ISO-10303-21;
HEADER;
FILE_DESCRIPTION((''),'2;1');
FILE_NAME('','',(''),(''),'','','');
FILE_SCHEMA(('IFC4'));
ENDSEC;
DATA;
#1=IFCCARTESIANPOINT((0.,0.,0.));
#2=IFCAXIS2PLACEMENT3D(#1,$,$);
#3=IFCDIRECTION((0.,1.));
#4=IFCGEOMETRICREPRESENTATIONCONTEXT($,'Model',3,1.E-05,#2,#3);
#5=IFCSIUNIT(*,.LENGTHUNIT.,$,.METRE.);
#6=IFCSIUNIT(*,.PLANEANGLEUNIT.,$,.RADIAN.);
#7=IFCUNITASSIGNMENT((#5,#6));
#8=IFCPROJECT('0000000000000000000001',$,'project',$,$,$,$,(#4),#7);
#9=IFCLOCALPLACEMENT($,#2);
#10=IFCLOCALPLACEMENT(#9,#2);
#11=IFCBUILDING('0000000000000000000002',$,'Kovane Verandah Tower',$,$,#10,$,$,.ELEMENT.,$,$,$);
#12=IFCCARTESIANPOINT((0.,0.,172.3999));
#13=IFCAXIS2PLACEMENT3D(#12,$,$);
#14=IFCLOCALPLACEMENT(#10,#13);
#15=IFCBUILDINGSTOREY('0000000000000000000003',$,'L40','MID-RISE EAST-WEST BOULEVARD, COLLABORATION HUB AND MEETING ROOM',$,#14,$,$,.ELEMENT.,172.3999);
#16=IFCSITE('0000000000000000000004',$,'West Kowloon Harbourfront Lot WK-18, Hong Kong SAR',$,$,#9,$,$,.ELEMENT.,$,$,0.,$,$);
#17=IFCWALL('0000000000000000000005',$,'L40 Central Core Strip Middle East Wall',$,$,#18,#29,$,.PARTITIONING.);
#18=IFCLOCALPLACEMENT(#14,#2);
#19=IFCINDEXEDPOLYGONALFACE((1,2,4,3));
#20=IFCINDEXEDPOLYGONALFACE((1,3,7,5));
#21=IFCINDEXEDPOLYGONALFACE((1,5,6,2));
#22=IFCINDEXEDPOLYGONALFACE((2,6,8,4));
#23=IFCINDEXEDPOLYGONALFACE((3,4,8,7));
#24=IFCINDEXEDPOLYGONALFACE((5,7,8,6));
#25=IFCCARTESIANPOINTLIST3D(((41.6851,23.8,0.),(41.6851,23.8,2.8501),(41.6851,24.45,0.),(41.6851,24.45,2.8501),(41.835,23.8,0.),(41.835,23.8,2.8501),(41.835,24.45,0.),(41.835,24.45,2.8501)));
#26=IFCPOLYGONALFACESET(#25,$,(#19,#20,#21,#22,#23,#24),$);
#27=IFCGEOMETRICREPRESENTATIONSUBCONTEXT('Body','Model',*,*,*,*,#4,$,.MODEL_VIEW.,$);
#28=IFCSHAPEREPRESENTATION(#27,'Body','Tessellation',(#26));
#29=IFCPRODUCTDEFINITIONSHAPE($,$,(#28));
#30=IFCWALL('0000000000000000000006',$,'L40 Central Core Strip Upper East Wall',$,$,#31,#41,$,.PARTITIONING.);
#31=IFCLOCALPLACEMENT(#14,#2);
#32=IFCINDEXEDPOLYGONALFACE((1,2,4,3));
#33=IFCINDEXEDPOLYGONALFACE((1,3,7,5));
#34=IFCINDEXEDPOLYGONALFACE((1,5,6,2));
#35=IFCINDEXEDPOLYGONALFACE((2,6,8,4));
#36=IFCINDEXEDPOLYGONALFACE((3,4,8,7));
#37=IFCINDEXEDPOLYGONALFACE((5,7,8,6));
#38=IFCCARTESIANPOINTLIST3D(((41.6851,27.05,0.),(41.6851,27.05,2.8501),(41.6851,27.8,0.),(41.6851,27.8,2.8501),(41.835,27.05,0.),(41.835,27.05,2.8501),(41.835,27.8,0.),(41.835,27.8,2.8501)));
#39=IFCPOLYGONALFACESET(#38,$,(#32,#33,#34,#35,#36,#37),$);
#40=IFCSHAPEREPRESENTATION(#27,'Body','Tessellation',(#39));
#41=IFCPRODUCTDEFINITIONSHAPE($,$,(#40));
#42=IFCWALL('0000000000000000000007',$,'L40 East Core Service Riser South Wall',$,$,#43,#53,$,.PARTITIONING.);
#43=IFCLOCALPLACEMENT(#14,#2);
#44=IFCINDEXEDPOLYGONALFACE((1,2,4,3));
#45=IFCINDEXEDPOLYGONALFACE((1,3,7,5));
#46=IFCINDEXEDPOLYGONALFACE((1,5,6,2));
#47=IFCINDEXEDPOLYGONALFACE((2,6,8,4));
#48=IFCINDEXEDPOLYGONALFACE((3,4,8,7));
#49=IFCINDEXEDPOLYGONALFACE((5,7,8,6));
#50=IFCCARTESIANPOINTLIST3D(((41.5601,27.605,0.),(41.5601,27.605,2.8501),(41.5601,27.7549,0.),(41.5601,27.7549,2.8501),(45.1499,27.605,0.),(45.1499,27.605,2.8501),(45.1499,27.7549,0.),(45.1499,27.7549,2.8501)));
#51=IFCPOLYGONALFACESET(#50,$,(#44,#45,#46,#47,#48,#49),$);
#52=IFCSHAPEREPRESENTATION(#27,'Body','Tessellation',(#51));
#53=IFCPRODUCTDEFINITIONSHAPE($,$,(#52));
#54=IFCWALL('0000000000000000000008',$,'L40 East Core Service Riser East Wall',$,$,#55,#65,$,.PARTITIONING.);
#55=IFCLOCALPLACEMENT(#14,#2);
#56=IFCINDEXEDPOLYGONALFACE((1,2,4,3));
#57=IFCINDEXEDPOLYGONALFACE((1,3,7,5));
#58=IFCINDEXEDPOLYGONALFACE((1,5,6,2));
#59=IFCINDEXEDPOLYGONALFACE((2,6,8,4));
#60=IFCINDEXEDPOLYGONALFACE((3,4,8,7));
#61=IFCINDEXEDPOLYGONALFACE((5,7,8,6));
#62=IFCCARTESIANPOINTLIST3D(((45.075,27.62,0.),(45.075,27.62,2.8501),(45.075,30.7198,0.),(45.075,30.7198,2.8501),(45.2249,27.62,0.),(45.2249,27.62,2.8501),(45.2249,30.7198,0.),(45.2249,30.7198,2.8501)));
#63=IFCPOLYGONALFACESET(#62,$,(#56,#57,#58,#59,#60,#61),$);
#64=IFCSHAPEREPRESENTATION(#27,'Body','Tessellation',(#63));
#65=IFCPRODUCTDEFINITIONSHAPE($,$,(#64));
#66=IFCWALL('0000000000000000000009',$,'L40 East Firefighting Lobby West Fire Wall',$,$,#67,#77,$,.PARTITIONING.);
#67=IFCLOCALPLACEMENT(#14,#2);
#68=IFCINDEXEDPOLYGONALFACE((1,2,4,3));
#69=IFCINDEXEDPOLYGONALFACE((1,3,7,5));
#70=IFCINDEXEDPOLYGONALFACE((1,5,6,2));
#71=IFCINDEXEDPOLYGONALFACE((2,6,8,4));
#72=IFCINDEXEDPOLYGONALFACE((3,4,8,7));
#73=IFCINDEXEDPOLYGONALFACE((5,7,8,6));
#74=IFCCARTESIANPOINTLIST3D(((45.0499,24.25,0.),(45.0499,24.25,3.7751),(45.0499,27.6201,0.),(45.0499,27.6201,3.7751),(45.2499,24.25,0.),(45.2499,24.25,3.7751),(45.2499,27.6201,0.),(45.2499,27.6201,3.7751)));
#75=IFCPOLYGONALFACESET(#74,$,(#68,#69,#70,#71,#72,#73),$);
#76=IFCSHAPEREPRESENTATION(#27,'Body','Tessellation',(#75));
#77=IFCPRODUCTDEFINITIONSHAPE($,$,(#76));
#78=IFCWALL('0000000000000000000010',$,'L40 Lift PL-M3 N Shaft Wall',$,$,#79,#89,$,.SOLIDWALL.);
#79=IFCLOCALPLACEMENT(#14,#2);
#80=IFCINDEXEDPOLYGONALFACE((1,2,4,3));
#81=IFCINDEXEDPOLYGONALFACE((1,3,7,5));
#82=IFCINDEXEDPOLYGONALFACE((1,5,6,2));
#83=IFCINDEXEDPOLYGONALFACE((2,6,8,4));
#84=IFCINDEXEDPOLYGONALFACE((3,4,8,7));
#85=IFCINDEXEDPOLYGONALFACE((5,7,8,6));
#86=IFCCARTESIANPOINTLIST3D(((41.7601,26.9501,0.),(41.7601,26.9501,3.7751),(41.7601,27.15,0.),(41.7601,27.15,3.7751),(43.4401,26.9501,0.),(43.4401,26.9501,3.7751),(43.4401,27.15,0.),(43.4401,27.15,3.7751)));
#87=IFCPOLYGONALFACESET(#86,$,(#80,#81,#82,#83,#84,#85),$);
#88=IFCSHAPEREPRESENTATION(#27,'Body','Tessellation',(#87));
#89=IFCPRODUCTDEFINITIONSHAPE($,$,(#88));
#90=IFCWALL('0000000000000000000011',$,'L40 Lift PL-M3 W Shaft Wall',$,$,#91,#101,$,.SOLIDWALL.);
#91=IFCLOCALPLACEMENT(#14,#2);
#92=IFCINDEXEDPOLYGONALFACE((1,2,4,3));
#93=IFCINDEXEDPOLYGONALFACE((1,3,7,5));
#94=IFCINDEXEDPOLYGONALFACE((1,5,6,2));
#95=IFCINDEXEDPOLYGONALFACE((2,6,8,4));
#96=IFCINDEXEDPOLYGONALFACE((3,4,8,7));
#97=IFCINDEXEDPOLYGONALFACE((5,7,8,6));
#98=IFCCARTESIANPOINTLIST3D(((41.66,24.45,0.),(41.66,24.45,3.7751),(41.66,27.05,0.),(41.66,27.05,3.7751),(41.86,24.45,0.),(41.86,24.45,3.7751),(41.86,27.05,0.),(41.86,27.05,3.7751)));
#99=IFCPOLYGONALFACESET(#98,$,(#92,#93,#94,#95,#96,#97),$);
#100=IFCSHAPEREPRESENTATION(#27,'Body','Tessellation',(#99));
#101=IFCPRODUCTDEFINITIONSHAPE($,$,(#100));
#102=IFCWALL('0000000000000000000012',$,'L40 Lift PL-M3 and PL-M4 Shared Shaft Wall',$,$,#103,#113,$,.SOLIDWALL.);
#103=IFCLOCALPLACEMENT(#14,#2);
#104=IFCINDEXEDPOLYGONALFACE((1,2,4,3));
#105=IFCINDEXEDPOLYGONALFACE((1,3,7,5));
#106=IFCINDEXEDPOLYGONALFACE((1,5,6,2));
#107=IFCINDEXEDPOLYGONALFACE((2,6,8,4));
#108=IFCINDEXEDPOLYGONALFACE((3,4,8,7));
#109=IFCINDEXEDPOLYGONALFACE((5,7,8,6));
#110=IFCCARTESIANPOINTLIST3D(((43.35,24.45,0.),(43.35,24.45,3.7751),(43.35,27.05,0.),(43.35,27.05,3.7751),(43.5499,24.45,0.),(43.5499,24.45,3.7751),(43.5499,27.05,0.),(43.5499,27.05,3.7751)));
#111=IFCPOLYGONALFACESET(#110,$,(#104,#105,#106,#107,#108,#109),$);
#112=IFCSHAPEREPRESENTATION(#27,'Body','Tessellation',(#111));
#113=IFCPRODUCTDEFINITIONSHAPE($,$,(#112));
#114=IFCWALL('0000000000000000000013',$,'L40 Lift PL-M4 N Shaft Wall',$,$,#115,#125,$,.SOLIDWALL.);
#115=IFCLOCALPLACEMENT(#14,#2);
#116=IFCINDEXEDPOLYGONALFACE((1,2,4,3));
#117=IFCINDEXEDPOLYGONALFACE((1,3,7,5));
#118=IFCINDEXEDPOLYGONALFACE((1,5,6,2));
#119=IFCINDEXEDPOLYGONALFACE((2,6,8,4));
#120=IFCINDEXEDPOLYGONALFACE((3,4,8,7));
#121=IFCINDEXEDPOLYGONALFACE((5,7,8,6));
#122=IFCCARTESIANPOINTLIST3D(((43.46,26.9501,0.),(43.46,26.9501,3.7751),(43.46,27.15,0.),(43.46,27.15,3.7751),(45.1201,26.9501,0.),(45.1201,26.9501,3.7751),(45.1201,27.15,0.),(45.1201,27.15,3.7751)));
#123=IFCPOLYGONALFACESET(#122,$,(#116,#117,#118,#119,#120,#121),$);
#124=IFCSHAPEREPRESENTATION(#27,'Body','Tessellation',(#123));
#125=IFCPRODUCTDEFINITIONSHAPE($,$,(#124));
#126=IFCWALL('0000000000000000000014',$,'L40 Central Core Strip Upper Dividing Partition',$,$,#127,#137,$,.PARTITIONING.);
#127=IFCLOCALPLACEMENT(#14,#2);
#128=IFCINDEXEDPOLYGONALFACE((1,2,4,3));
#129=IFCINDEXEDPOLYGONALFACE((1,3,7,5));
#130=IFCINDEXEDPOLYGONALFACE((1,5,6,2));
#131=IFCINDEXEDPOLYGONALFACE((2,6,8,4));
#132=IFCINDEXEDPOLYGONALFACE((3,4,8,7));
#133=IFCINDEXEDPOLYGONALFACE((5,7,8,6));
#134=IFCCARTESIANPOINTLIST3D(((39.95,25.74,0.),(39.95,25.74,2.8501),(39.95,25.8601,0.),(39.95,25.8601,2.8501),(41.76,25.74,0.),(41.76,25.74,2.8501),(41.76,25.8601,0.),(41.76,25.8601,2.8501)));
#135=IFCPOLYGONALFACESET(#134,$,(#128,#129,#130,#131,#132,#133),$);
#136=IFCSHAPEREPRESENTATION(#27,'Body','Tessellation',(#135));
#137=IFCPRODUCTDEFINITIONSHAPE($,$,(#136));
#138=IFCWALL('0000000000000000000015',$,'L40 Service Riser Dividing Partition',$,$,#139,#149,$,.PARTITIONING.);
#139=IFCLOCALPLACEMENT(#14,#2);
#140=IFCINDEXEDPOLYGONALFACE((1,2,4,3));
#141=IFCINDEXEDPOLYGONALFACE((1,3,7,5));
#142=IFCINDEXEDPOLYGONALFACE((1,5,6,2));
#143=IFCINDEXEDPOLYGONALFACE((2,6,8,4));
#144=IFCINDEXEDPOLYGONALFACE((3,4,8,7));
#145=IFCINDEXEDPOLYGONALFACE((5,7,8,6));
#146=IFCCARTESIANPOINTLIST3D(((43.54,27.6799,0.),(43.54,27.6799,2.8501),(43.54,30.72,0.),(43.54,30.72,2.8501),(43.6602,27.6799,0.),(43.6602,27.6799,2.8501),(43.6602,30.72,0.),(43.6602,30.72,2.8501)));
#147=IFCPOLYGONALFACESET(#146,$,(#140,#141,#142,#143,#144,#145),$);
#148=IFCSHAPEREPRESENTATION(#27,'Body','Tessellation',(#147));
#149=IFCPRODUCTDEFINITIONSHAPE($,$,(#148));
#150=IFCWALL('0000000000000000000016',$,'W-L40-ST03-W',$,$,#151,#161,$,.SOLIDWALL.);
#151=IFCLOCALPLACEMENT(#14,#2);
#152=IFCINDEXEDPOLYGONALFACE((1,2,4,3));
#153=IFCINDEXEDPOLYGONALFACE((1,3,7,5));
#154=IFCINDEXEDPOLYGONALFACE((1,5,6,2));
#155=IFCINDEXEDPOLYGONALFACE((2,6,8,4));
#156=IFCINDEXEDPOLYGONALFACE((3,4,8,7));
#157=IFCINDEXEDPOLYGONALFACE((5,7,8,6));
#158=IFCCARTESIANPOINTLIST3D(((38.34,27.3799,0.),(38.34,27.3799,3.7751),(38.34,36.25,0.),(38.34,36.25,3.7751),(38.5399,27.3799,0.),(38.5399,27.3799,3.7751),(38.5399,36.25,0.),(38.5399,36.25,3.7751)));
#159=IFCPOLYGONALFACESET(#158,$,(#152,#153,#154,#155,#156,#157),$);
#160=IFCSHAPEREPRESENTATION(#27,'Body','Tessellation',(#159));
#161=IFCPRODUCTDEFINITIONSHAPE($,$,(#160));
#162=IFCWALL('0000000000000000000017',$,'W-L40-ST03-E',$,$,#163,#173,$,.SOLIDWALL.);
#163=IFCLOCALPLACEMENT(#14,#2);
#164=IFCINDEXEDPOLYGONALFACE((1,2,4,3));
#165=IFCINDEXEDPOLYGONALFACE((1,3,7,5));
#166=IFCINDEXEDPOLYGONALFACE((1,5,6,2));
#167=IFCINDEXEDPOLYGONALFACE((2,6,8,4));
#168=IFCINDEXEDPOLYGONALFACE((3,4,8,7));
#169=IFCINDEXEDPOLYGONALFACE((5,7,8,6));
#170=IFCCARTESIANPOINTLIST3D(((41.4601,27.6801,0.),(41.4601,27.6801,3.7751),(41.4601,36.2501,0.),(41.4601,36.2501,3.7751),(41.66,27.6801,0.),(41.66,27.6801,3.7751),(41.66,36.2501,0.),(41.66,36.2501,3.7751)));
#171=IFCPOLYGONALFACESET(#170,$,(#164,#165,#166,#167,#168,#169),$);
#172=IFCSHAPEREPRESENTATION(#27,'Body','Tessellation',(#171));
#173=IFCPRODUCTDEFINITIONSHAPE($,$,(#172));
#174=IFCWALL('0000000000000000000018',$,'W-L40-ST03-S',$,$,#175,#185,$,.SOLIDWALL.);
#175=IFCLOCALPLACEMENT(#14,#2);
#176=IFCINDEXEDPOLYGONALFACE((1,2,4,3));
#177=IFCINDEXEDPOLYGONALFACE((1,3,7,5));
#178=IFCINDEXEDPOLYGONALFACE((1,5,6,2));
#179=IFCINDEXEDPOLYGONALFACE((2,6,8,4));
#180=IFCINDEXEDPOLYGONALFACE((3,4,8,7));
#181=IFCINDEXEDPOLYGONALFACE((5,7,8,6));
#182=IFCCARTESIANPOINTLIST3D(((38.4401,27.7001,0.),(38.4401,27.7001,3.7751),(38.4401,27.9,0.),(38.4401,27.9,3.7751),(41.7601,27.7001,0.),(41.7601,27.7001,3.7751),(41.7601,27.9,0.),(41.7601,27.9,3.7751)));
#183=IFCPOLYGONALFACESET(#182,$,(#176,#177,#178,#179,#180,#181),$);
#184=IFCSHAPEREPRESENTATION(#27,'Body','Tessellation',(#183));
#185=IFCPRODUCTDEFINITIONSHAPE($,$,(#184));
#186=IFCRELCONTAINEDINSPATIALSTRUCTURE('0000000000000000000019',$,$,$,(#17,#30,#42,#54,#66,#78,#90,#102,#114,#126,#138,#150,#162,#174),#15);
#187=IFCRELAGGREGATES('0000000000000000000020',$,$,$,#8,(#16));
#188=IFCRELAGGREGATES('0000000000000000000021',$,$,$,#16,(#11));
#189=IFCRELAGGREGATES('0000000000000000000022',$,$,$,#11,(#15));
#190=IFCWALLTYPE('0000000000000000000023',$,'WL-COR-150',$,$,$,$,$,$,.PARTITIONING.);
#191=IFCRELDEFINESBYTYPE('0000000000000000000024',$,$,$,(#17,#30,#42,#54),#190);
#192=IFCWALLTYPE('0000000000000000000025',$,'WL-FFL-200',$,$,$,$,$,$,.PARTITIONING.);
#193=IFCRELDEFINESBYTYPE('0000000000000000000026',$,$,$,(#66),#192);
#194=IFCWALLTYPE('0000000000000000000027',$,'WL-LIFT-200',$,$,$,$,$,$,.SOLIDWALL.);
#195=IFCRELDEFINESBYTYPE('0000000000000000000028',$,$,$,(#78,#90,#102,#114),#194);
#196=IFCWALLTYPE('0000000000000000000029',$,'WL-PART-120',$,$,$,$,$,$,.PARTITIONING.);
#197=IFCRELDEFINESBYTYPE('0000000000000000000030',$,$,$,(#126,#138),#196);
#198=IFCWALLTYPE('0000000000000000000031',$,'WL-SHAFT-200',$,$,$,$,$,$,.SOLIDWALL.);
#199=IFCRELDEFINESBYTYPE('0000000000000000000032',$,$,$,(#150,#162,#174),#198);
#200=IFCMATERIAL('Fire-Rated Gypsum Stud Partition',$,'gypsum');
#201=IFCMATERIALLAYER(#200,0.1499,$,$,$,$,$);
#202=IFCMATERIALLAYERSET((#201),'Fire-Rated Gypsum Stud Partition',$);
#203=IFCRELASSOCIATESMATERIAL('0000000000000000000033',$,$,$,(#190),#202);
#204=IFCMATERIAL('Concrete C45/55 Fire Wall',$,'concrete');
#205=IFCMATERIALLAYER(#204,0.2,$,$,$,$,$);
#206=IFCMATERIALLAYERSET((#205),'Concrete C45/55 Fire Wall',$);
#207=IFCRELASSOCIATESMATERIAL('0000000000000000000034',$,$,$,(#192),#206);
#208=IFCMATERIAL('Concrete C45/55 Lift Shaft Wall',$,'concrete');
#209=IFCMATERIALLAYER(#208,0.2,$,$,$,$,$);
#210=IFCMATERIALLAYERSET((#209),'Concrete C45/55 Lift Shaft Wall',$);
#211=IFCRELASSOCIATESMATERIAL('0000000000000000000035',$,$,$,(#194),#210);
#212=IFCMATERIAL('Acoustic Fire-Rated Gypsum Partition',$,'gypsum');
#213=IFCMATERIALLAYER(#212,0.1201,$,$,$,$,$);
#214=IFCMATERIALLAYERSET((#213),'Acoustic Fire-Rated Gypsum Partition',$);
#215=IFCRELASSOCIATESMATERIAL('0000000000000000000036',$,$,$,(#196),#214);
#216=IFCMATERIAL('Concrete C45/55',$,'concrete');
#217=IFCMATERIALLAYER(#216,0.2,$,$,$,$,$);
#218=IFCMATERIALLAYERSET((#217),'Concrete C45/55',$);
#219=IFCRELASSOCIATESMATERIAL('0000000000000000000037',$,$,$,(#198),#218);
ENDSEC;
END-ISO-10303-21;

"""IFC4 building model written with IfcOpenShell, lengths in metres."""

from ifc_helpers import new_model, si_unit, direction, frame, frame_2d, origin, place, context, subcontext, project, spatial, rectangle, extrude, material, layer, layer_set, type_object, element, save


model = new_model("IFC4")

# Units and contexts
model_context = context("Model", 3, precision=1e-05, world=origin(), true_north=direction((0.0, 1.0)))
body_context = subcontext(model_context, "Body", "Model", "MODEL_VIEW")
ifc_project = project(units=[si_unit("LENGTHUNIT", "METRE"), si_unit("PLANEANGLEUNIT", "RADIAN")], contexts=[model_context])

# Site, building, storey
site_placement = place(None, origin())
site = spatial("IfcSite", under=ifc_project, at=site_placement, Name="West Kowloon Harbourfront Lot WK-18, Hong Kong SAR", CompositionType="ELEMENT", RefElevation=0.0)
building_placement = place(site_placement, origin())
building = spatial("IfcBuilding", under=site, at=building_placement, Name="Kovane Verandah Tower", CompositionType="ELEMENT")
storey_placement = place(building_placement, frame((0.0, 0.0, 172.3999)))
storey = spatial("IfcBuildingStorey", under=building, at=storey_placement, Name="L40", Description="MID-RISE EAST-WEST BOULEVARD, COLLABORATION HUB AND MEETING ROOM", CompositionType="ELEMENT", Elevation=172.3999)

# Walls
ifc_material_1 = material(Name="Fire-Rated Gypsum Stud Partition", Category="gypsum")
ifc_layer_1 = layer(ifc_material_1, 0.1499)
ifc_layer_set_1 = layer_set([ifc_layer_1], Name="Fire-Rated Gypsum Stud Partition")
wall_type_1 = type_object("IfcWallType", Name="WL-COR-150", PredefinedType="PARTITIONING", material=ifc_layer_set_1)
wall_1_placement = place(storey_placement, frame((41.76, 23.8, 0.0), z_axis=(0.0, 0.0, 1.0), x_axis=(0.0, 1.0, 0.0)))
element("IfcWall", 1, at=wall_1_placement, inside=storey, type_object=wall_type_1, Name="L40 Central Core Strip Middle East Wall", PredefinedType="PARTITIONING", context=body_context, shape_type="SweptSolid", body=[
    extrude(rectangle(XDim=0.6499, YDim=0.1499, at=frame_2d((0.325, 0.0))), origin(), (0.0, 0.0, 1.0), 2.8501),
])
wall_2_placement = place(storey_placement, frame((41.76, 27.05, 0.0), z_axis=(0.0, 0.0, 1.0), x_axis=(0.0, 1.0, 0.0)))
element("IfcWall", 2, at=wall_2_placement, inside=storey, type_object=wall_type_1, Name="L40 Central Core Strip Upper East Wall", PredefinedType="PARTITIONING", context=body_context, shape_type="SweptSolid", body=[
    extrude(rectangle(XDim=0.75, YDim=0.1499, at=frame_2d((0.375, 0.0))), origin(), (0.0, 0.0, 1.0), 2.8501),
])

# Walls
wall_3_placement = place(storey_placement, frame((41.5601, 27.6799, 0.0), z_axis=(0.0, 0.0, 1.0), x_axis=(1.0, 0.0, 0.0)))
element("IfcWall", 3, at=wall_3_placement, inside=storey, type_object=wall_type_1, Name="L40 East Core Service Riser South Wall", PredefinedType="PARTITIONING", context=body_context, shape_type="SweptSolid", body=[
    extrude(rectangle(XDim=3.5898, YDim=0.1499, at=frame_2d((1.7949, 0.0))), origin(), (0.0, 0.0, 1.0), 2.8501),
])
wall_4_placement = place(storey_placement, frame((45.1499, 27.6201, 0.0), z_axis=(0.0, 0.0, 1.0), x_axis=(0.0, 1.0, 0.0)))
element("IfcWall", 4, at=wall_4_placement, inside=storey, type_object=wall_type_1, Name="L40 East Core Service Riser East Wall", PredefinedType="PARTITIONING", context=body_context, shape_type="SweptSolid", body=[
    extrude(rectangle(XDim=3.0999, YDim=0.1499, at=frame_2d((1.5498, 0.0))), origin(), (0.0, 0.0, 1.0), 2.8501),
])

# Shared definitions
ifc_material_2 = material(Name="Concrete C45/55 Fire Wall", Category="concrete")
ifc_layer_2 = layer(ifc_material_2, 0.2)
ifc_layer_set_2 = layer_set([ifc_layer_2], Name="Concrete C45/55 Fire Wall")
wall_type_2 = type_object("IfcWallType", Name="WL-FFL-200", PredefinedType="PARTITIONING", material=ifc_layer_set_2)

# Wall
wall_5_placement = place(storey_placement, frame((45.1499, 24.25, 0.0), z_axis=(0.0, 0.0, 1.0), x_axis=(0.0, 1.0, 0.0)))
element("IfcWall", 5, at=wall_5_placement, inside=storey, type_object=wall_type_2, Name="L40 East Firefighting Lobby West Fire Wall", PredefinedType="PARTITIONING", context=body_context, shape_type="SweptSolid", body=[
    extrude(rectangle(XDim=3.3701, YDim=0.2, at=frame_2d((1.6851, 0.0))), origin(), (0.0, 0.0, 1.0), 3.7751),
])

# Shared definitions
ifc_material_3 = material(Name="Concrete C45/55 Lift Shaft Wall", Category="concrete")
ifc_layer_3 = layer(ifc_material_3, 0.2)
ifc_layer_set_3 = layer_set([ifc_layer_3], Name="Concrete C45/55 Lift Shaft Wall")
wall_type_3 = type_object("IfcWallType", Name="WL-LIFT-200", PredefinedType="SOLIDWALL", material=ifc_layer_set_3)

# Walls
wall_6_placement = place(storey_placement, frame((43.4399, 27.05, 0.0), z_axis=(0.0, 0.0, 1.0), x_axis=(-1.0, 0.0, 0.0)))
element("IfcWall", 6, at=wall_6_placement, inside=storey, type_object=wall_type_3, Name="L40 Lift PL-M3 N Shaft Wall", PredefinedType="SOLIDWALL", context=body_context, shape_type="SweptSolid", body=[
    extrude(rectangle(XDim=1.6799, YDim=0.2, at=frame_2d((0.8398, 0.0))), origin(), (0.0, 0.0, 1.0), 3.7751),
])
for number, where, z_axis, x_axis, name in (
    (7, (41.76, 27.05, 0.0), (0.0, 0.0, 1.0), (0.0, -1.0, 0.0), "L40 Lift PL-M3 W Shaft Wall"),
    (8, (43.45, 24.45, 0.0), (0.0, 0.0, 1.0), (0.0, 1.0, 0.0), "L40 Lift PL-M3 and PL-M4 Shared Shaft Wall"),
):
    element("IfcWall", number, at=place(storey_placement, frame(where, z_axis=z_axis, x_axis=x_axis)), inside=storey, type_object=wall_type_3, Name=name, PredefinedType="SOLIDWALL", context=body_context, shape_type="SweptSolid", body=[
        extrude(rectangle(XDim=2.6001, YDim=0.2, at=frame_2d((1.3, 0.0))), origin(), (0.0, 0.0, 1.0), 3.7751),
    ])

# Walls
wall_7_placement = place(storey_placement, frame((45.1201, 27.05, 0.0), z_axis=(0.0, 0.0, 1.0), x_axis=(-1.0, 0.0, 0.0)))
element("IfcWall", 9, at=wall_7_placement, inside=storey, type_object=wall_type_3, Name="L40 Lift PL-M4 N Shaft Wall", PredefinedType="SOLIDWALL", context=body_context, shape_type="SweptSolid", body=[
    extrude(rectangle(XDim=1.6602, YDim=0.2, at=frame_2d((0.8301, 0.0))), origin(), (0.0, 0.0, 1.0), 3.7751),
])
ifc_material_4 = material(Name="Acoustic Fire-Rated Gypsum Partition", Category="gypsum")
ifc_layer_4 = layer(ifc_material_4, 0.1201)
ifc_layer_set_4 = layer_set([ifc_layer_4], Name="Acoustic Fire-Rated Gypsum Partition")
wall_type_4 = type_object("IfcWallType", Name="WL-PART-120", PredefinedType="PARTITIONING", material=ifc_layer_set_4)
wall_8_placement = place(storey_placement, frame((39.95, 25.8, 0.0), z_axis=(0.0, 0.0, 1.0), x_axis=(1.0, 0.0, 0.0)))
element("IfcWall", 10, at=wall_8_placement, inside=storey, type_object=wall_type_4, Name="L40 Central Core Strip Upper Dividing Partition", PredefinedType="PARTITIONING", context=body_context, shape_type="SweptSolid", body=[
    extrude(rectangle(XDim=1.8101, YDim=0.1201, at=frame_2d((0.905, 0.0))), origin(), (0.0, 0.0, 1.0), 2.8501),
])
wall_9_placement = place(storey_placement, frame((43.6001, 27.6799, 0.0), z_axis=(0.0, 0.0, 1.0), x_axis=(0.0, 1.0, 0.0)))
element("IfcWall", 11, at=wall_9_placement, inside=storey, type_object=wall_type_4, Name="L40 Service Riser Dividing Partition", PredefinedType="PARTITIONING", context=body_context, shape_type="SweptSolid", body=[
    extrude(rectangle(XDim=3.04, YDim=0.1201, at=frame_2d((1.52, 0.0))), origin(), (0.0, 0.0, 1.0), 2.8501),
])
ifc_material_5 = material(Name="Concrete C45/55", Category="concrete")
ifc_layer_5 = layer(ifc_material_5, 0.2)
ifc_layer_set_5 = layer_set([ifc_layer_5], Name="Concrete C45/55")
wall_type_5 = type_object("IfcWallType", Name="WL-SHAFT-200", PredefinedType="SOLIDWALL", material=ifc_layer_set_5)
wall_10_placement = place(storey_placement, frame((38.4399, 27.3799, 0.0), z_axis=(0.0, 0.0, 1.0), x_axis=(0.0, 1.0, 0.0)))
element("IfcWall", 12, at=wall_10_placement, inside=storey, type_object=wall_type_5, Name="W-L40-ST03-W", PredefinedType="SOLIDWALL", context=body_context, shape_type="SweptSolid", body=[
    extrude(rectangle(XDim=8.8701, YDim=0.2, at=frame_2d((4.4351, 0.0))), origin(), (0.0, 0.0, 1.0), 3.7751),
])
wall_11_placement = place(storey_placement, frame((41.5601, 27.6799, 0.0), z_axis=(0.0, 0.0, 1.0), x_axis=(0.0, 1.0, 0.0)))
element("IfcWall", 13, at=wall_11_placement, inside=storey, type_object=wall_type_5, Name="W-L40-ST03-E", PredefinedType="SOLIDWALL", context=body_context, shape_type="SweptSolid", body=[
    extrude(rectangle(XDim=8.5701, YDim=0.2, at=frame_2d((4.2852, 0.0))), origin(), (0.0, 0.0, 1.0), 3.7751),
])
wall_12_placement = place(storey_placement, frame((38.4399, 27.8, 0.0), z_axis=(0.0, 0.0, 1.0), x_axis=(1.0, 0.0, 0.0)))
element("IfcWall", 14, at=wall_12_placement, inside=storey, type_object=wall_type_5, Name="W-L40-ST03-S", PredefinedType="SOLIDWALL", context=body_context, shape_type="SweptSolid", body=[
    extrude(rectangle(XDim=3.3201, YDim=0.2, at=frame_2d((1.6602, 0.0))), origin(), (0.0, 0.0, 1.0), 3.7751),
])

save(model, "model.ifc")
